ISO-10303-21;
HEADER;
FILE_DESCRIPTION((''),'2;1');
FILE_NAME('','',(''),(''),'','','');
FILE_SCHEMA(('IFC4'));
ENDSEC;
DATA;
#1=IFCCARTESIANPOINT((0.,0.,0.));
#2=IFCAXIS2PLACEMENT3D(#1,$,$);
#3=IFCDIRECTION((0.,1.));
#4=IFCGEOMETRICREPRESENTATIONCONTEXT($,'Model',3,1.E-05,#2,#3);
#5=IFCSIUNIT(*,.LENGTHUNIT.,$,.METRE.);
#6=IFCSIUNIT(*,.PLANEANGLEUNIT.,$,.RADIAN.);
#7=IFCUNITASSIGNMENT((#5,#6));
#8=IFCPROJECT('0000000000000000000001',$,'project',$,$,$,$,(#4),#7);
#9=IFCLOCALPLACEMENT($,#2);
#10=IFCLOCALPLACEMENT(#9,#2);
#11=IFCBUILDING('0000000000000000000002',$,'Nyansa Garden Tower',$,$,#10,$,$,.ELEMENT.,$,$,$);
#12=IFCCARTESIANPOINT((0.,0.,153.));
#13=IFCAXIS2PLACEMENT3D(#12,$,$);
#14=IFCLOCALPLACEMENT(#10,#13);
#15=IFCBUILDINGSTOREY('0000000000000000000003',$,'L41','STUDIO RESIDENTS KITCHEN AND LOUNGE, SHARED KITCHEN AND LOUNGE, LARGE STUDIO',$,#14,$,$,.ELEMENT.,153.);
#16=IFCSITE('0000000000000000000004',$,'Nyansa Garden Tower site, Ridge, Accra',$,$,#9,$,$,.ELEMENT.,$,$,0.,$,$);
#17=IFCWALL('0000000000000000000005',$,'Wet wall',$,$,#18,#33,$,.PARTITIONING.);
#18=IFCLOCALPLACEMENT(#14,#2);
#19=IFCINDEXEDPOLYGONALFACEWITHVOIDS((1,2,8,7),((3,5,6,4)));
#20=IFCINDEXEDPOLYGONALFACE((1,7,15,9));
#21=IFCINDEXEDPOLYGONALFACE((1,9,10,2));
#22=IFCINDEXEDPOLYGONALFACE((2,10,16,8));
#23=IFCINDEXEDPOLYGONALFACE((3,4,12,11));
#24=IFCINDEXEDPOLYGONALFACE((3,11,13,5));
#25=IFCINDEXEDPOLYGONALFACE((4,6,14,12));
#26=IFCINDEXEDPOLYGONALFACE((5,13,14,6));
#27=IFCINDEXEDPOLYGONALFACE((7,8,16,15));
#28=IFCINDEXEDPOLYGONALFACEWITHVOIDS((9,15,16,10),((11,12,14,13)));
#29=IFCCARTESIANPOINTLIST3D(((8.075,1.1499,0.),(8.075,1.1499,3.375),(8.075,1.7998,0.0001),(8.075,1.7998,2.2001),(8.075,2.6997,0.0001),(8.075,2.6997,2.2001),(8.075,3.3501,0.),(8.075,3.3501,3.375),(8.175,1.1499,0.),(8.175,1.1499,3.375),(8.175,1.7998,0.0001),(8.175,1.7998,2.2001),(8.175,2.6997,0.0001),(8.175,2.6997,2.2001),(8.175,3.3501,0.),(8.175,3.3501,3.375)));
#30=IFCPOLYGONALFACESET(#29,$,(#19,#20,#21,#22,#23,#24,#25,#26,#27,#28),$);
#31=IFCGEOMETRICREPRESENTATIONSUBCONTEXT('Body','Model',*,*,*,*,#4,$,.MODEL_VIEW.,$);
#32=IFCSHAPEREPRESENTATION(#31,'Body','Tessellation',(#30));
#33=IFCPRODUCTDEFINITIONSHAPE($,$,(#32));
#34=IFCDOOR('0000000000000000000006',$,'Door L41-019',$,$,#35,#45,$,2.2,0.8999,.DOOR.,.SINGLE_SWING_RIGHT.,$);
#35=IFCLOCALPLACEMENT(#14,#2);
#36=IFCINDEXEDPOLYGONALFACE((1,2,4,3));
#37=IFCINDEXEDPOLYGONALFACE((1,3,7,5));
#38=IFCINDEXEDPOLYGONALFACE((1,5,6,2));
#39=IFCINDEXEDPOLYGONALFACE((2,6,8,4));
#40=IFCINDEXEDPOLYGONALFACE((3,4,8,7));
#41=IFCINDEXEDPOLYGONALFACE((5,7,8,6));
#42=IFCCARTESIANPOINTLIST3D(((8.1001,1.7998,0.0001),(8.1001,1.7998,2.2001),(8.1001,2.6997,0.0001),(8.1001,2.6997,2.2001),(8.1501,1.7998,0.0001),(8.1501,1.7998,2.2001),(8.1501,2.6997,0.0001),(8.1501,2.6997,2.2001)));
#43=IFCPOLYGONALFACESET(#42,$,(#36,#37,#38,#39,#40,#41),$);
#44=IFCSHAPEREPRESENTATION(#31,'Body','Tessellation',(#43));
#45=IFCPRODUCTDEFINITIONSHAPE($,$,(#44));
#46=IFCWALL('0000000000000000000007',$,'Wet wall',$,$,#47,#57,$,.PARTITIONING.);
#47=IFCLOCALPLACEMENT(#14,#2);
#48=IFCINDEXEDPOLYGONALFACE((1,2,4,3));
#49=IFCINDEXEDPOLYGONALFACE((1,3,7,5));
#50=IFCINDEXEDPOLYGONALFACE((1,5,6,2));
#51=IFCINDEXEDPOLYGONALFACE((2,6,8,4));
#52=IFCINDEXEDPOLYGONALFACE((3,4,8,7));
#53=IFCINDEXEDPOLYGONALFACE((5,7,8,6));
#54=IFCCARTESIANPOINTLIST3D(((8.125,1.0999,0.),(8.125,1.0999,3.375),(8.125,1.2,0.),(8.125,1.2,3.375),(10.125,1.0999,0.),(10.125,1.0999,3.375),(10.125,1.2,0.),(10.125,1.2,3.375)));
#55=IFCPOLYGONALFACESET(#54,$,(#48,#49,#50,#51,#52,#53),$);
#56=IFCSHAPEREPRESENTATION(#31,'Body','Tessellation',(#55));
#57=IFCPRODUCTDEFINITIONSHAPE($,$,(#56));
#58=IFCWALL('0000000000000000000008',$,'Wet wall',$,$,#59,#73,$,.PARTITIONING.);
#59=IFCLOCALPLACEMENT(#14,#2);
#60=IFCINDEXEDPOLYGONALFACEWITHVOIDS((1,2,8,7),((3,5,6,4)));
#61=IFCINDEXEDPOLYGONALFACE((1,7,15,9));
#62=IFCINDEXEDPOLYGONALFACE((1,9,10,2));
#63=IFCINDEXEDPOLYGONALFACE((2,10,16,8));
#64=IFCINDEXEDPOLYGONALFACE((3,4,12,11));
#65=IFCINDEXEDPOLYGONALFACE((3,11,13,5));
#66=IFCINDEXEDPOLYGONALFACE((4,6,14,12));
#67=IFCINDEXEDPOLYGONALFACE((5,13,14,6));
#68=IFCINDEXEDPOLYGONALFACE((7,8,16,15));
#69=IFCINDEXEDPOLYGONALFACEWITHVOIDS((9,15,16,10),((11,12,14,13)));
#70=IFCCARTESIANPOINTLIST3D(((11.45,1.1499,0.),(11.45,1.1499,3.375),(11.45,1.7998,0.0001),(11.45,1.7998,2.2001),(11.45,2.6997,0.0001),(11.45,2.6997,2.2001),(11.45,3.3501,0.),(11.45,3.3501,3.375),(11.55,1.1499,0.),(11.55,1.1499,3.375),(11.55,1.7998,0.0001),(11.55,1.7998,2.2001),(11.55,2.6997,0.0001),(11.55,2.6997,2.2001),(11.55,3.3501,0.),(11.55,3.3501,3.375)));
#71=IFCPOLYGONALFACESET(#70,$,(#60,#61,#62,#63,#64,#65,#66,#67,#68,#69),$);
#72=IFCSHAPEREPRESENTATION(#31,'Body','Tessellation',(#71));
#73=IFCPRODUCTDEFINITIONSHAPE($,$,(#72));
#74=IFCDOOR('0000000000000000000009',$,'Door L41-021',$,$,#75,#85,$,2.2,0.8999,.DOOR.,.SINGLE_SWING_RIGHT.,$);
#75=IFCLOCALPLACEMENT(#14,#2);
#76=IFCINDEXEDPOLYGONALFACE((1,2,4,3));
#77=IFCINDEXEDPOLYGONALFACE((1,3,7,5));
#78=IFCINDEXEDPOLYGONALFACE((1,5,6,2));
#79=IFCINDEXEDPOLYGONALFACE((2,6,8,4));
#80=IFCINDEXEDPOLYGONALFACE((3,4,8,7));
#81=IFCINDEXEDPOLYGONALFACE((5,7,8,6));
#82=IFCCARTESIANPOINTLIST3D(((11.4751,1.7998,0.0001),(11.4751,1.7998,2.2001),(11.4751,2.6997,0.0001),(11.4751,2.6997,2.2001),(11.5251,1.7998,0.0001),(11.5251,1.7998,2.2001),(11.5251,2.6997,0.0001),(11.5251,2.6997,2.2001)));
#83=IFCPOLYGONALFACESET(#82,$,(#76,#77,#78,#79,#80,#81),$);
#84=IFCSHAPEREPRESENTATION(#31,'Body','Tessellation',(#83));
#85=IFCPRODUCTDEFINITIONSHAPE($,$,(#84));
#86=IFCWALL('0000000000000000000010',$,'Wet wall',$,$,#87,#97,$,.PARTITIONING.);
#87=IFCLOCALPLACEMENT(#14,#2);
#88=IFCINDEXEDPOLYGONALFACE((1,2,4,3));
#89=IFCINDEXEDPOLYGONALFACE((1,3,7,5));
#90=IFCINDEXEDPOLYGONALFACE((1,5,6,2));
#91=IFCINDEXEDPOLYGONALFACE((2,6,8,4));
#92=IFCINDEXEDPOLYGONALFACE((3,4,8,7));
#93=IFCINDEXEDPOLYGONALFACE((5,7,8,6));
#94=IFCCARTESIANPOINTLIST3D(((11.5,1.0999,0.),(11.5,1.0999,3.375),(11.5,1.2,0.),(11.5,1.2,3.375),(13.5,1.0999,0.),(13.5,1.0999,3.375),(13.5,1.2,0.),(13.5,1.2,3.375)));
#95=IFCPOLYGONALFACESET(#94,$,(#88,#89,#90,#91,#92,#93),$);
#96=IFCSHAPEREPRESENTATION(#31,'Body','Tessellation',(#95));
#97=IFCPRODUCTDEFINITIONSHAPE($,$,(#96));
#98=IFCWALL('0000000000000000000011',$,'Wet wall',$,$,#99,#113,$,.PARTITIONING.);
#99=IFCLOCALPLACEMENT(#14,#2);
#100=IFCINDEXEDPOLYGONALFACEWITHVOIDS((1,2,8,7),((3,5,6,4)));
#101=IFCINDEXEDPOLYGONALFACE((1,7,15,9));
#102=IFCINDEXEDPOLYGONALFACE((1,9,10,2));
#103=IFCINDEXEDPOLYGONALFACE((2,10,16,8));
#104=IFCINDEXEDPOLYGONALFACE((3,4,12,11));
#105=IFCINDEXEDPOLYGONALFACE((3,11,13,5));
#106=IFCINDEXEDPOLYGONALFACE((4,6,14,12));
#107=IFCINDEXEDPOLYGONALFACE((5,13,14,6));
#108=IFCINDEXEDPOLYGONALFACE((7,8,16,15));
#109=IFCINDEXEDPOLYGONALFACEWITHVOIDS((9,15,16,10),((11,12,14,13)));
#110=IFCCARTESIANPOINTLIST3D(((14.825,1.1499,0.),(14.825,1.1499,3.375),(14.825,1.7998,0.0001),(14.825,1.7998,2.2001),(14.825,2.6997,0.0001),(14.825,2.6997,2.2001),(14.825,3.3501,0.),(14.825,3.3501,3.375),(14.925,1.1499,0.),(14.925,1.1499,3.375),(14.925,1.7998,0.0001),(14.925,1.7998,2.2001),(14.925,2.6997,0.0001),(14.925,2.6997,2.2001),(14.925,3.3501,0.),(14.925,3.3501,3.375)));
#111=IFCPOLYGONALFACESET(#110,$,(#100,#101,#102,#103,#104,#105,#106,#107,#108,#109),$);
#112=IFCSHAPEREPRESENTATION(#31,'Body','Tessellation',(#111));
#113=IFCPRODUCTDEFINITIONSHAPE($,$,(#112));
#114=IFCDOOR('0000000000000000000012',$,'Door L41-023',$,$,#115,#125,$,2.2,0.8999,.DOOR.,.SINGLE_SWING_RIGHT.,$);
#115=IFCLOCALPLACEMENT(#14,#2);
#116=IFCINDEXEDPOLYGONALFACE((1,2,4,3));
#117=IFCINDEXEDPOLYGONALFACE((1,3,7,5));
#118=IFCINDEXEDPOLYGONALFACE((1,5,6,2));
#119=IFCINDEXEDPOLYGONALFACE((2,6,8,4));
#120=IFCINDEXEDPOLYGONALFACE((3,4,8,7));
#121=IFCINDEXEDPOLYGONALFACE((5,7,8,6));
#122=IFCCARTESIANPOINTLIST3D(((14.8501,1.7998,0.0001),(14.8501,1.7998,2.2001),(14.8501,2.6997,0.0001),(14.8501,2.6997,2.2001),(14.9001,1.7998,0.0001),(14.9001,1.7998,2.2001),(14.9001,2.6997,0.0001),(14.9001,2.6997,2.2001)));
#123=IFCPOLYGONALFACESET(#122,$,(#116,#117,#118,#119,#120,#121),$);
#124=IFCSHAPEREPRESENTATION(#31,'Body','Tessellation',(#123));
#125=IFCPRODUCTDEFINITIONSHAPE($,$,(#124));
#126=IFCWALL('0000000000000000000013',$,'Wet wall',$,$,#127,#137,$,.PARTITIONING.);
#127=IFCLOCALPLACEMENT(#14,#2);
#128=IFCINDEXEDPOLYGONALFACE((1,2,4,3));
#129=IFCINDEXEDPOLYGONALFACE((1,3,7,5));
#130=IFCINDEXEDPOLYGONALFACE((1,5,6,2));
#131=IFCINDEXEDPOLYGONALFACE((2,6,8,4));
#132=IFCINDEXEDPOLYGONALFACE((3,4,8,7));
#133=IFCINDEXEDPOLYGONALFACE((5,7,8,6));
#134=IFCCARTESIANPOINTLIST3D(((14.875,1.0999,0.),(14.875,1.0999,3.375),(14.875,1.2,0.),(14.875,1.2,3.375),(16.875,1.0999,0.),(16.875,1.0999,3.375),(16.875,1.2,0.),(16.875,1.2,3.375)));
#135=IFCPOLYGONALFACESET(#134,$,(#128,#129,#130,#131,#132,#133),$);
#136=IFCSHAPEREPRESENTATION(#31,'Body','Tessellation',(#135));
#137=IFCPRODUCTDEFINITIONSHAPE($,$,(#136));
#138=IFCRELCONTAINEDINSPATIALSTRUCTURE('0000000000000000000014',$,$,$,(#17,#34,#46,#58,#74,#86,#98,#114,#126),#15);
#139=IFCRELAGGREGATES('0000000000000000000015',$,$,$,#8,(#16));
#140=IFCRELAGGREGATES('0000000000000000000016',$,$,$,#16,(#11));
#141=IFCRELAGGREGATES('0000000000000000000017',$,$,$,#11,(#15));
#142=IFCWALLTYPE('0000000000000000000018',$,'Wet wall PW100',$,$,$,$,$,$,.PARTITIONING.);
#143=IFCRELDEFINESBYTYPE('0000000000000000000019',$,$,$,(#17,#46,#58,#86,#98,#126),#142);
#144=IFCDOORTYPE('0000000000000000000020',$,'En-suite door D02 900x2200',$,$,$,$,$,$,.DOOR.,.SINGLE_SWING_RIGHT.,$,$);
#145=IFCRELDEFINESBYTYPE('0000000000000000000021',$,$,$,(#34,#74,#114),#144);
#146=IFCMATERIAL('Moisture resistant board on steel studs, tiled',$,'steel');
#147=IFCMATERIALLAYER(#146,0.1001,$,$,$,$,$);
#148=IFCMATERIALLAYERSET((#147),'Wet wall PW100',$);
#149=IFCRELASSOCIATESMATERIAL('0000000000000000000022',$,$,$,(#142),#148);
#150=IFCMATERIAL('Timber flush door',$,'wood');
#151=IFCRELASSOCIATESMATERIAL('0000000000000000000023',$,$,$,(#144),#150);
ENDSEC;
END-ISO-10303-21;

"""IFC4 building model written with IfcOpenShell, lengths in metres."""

from ifc_helpers import new_model, si_unit, direction, frame, frame_2d, origin, place, context, subcontext, project, spatial, rectangle, extrude, material, layer, layer_set, type_object, element, fill, save


model = new_model("IFC4")

# Units and contexts
model_context = context("Model", 3, precision=1e-05, world=origin(), true_north=direction((0.0, 1.0)))
body_context = subcontext(model_context, "Body", "Model", "MODEL_VIEW")
ifc_project = project(units=[si_unit("LENGTHUNIT", "METRE"), si_unit("PLANEANGLEUNIT", "RADIAN")], contexts=[model_context])

# Site, building, storey
site_placement = place(None, origin())
site = spatial("IfcSite", under=ifc_project, at=site_placement, Name="Nyansa Garden Tower site, Ridge, Accra", CompositionType="ELEMENT", RefElevation=0.0)
building_placement = place(site_placement, origin())
building = spatial("IfcBuilding", under=site, at=building_placement, Name="Nyansa Garden Tower", CompositionType="ELEMENT")
storey_placement = place(building_placement, frame((0.0, 0.0, 153.0)))
storey = spatial("IfcBuildingStorey", under=building, at=storey_placement, Name="L41", Description="STUDIO RESIDENTS KITCHEN AND LOUNGE, SHARED KITCHEN AND LOUNGE, LARGE STUDIO", CompositionType="ELEMENT", Elevation=153.0)

# Wall, opening, door
ifc_material_1 = material(Name="Moisture resistant board on steel studs, tiled", Category="steel")
ifc_layer_1 = layer(ifc_material_1, 0.1001)
ifc_layer_set_1 = layer_set([ifc_layer_1], Name="Wet wall PW100")
wall_type_1 = type_object("IfcWallType", Name="Wet wall PW100", PredefinedType="PARTITIONING", material=ifc_layer_set_1)
wall_1_placement = place(storey_placement, frame((8.125, 1.1499, 0.0), z_axis=(0.0, 0.0, 1.0), x_axis=(0.0, 1.0, 0.0)))
wall_1 = element("IfcWall", 1, at=wall_1_placement, inside=storey, type_object=wall_type_1, Name="Wet wall", PredefinedType="PARTITIONING", context=body_context, shape_type="SweptSolid", body=[
    extrude(rectangle(XDim=2.2002, YDim=0.1001, at=frame_2d((1.1001, 0.0))), origin(), (0.0, 0.0, 1.0), 3.375),
])
opening_1_placement = place(wall_1_placement, frame((0.6499, 0.0, 0.0)))
opening_1 = element("IfcOpeningElement", 2, at=opening_1_placement, cuts=wall_1, PredefinedType="OPENING", context=body_context, shape_type="SweptSolid", body=[
    extrude(rectangle(XDim=0.8999, YDim=2.2, at=frame_2d((0.45, 1.1001))), frame((0.0, 0.0601, 0.0), z_axis=(0.0, -1.0, 0.0), x_axis=(1.0, 0.0, 0.0)), (0.0, 0.0, 1.0), 0.1201),
])
ifc_material_2 = material(Name="Timber flush door", Category="wood")
door_type_1 = type_object("IfcDoorType", Name="En-suite door D02 900x2200", OperationType="SINGLE_SWING_RIGHT", PredefinedType="DOOR", material=ifc_material_2)
door_1_placement = place(opening_1_placement, origin())
door_1 = element("IfcDoor", 3, at=door_1_placement, inside=storey, type_object=door_type_1, Name="Door L41-019", OperationType="SINGLE_SWING_RIGHT", OverallHeight=2.2, OverallWidth=0.8999, PredefinedType="DOOR", context=body_context, shape_type="SweptSolid", body=[
    extrude(rectangle(XDim=0.8999, YDim=2.2, at=frame_2d((0.45, 1.1001))), frame((0.0, 0.0249, 0.0), z_axis=(0.0, -1.0, 0.0), x_axis=(1.0, 0.0, 0.0)), (0.0, 0.0, 1.0), 0.05),
])
fill(opening_1, door_1)

# Wall
wall_2_placement = place(storey_placement, frame((8.125, 1.1499, 0.0), z_axis=(0.0, 0.0, 1.0), x_axis=(1.0, 0.0, 0.0)))
element("IfcWall", 4, at=wall_2_placement, inside=storey, type_object=wall_type_1, Name="Wet wall", PredefinedType="PARTITIONING", context=body_context, shape_type="SweptSolid", body=[
    extrude(rectangle(XDim=2.0, YDim=0.1001, at=frame_2d((1.0, 0.0))), origin(), (0.0, 0.0, 1.0), 3.375),
])

# Wall, opening, door
wall_3_placement = place(storey_placement, frame((11.5, 1.1499, 0.0), z_axis=(0.0, 0.0, 1.0), x_axis=(0.0, 1.0, 0.0)))
wall_3 = element("IfcWall", 5, at=wall_3_placement, inside=storey, type_object=wall_type_1, Name="Wet wall", PredefinedType="PARTITIONING", context=body_context, shape_type="SweptSolid", body=[
    extrude(rectangle(XDim=2.2002, YDim=0.1001, at=frame_2d((1.1001, 0.0))), origin(), (0.0, 0.0, 1.0), 3.375),
])
opening_2_placement = place(wall_3_placement, frame((0.6499, 0.0, 0.0)))
opening_2 = element("IfcOpeningElement", 6, at=opening_2_placement, cuts=wall_3, PredefinedType="OPENING", context=body_context, shape_type="SweptSolid", body=[
    extrude(rectangle(XDim=0.8999, YDim=2.2, at=frame_2d((0.45, 1.1001))), frame((0.0, 0.0601, 0.0), z_axis=(0.0, -1.0, 0.0), x_axis=(1.0, 0.0, 0.0)), (0.0, 0.0, 1.0), 0.1201),
])
door_2_placement = place(opening_2_placement, origin())
door_2 = element("IfcDoor", 7, at=door_2_placement, inside=storey, type_object=door_type_1, Name="Door L41-021", OperationType="SINGLE_SWING_RIGHT", OverallHeight=2.2, OverallWidth=0.8999, PredefinedType="DOOR", context=body_context, shape_type="SweptSolid", body=[
    extrude(rectangle(XDim=0.8999, YDim=2.2, at=frame_2d((0.45, 1.1001))), frame((0.0, 0.0249, 0.0), z_axis=(0.0, -1.0, 0.0), x_axis=(1.0, 0.0, 0.0)), (0.0, 0.0, 1.0), 0.05),
])
fill(opening_2, door_2)

# Wall
wall_4_placement = place(storey_placement, frame((11.5, 1.1499, 0.0), z_axis=(0.0, 0.0, 1.0), x_axis=(1.0, 0.0, 0.0)))
element("IfcWall", 8, at=wall_4_placement, inside=storey, type_object=wall_type_1, Name="Wet wall", PredefinedType="PARTITIONING", context=body_context, shape_type="SweptSolid", body=[
    extrude(rectangle(XDim=2.0, YDim=0.1001, at=frame_2d((1.0, 0.0))), origin(), (0.0, 0.0, 1.0), 3.375),
])

# Wall, opening, door
wall_5_placement = place(storey_placement, frame((14.875, 1.1499, 0.0), z_axis=(0.0, 0.0, 1.0), x_axis=(0.0, 1.0, 0.0)))
wall_5 = element("IfcWall", 9, at=wall_5_placement, inside=storey, type_object=wall_type_1, Name="Wet wall", PredefinedType="PARTITIONING", context=body_context, shape_type="SweptSolid", body=[
    extrude(rectangle(XDim=2.2002, YDim=0.1001, at=frame_2d((1.1001, 0.0))), origin(), (0.0, 0.0, 1.0), 3.375),
])
opening_3_placement = place(wall_5_placement, frame((0.6499, 0.0, 0.0)))
opening_3 = element("IfcOpeningElement", 10, at=opening_3_placement, cuts=wall_5, PredefinedType="OPENING", context=body_context, shape_type="SweptSolid", body=[
    extrude(rectangle(XDim=0.8999, YDim=2.2, at=frame_2d((0.45, 1.1001))), frame((0.0, 0.0601, 0.0), z_axis=(0.0, -1.0, 0.0), x_axis=(1.0, 0.0, 0.0)), (0.0, 0.0, 1.0), 0.1201),
])
door_3_placement = place(opening_3_placement, origin())
door_3 = element("IfcDoor", 11, at=door_3_placement, inside=storey, type_object=door_type_1, Name="Door L41-023", OperationType="SINGLE_SWING_RIGHT", OverallHeight=2.2, OverallWidth=0.8999, PredefinedType="DOOR", context=body_context, shape_type="SweptSolid", body=[
    extrude(rectangle(XDim=0.8999, YDim=2.2, at=frame_2d((0.45, 1.1001))), frame((0.0, 0.0249, 0.0), z_axis=(0.0, -1.0, 0.0), x_axis=(1.0, 0.0, 0.0)), (0.0, 0.0, 1.0), 0.05),
])
fill(opening_3, door_3)

# Wall
wall_6_placement = place(storey_placement, frame((14.875, 1.1499, 0.0), z_axis=(0.0, 0.0, 1.0), x_axis=(1.0, 0.0, 0.0)))
element("IfcWall", 12, at=wall_6_placement, inside=storey, type_object=wall_type_1, Name="Wet wall", PredefinedType="PARTITIONING", context=body_context, shape_type="SweptSolid", body=[
    extrude(rectangle(XDim=2.0, YDim=0.1001, at=frame_2d((1.0, 0.0))), origin(), (0.0, 0.0, 1.0), 3.375),
])

save(model, "model.ifc")
